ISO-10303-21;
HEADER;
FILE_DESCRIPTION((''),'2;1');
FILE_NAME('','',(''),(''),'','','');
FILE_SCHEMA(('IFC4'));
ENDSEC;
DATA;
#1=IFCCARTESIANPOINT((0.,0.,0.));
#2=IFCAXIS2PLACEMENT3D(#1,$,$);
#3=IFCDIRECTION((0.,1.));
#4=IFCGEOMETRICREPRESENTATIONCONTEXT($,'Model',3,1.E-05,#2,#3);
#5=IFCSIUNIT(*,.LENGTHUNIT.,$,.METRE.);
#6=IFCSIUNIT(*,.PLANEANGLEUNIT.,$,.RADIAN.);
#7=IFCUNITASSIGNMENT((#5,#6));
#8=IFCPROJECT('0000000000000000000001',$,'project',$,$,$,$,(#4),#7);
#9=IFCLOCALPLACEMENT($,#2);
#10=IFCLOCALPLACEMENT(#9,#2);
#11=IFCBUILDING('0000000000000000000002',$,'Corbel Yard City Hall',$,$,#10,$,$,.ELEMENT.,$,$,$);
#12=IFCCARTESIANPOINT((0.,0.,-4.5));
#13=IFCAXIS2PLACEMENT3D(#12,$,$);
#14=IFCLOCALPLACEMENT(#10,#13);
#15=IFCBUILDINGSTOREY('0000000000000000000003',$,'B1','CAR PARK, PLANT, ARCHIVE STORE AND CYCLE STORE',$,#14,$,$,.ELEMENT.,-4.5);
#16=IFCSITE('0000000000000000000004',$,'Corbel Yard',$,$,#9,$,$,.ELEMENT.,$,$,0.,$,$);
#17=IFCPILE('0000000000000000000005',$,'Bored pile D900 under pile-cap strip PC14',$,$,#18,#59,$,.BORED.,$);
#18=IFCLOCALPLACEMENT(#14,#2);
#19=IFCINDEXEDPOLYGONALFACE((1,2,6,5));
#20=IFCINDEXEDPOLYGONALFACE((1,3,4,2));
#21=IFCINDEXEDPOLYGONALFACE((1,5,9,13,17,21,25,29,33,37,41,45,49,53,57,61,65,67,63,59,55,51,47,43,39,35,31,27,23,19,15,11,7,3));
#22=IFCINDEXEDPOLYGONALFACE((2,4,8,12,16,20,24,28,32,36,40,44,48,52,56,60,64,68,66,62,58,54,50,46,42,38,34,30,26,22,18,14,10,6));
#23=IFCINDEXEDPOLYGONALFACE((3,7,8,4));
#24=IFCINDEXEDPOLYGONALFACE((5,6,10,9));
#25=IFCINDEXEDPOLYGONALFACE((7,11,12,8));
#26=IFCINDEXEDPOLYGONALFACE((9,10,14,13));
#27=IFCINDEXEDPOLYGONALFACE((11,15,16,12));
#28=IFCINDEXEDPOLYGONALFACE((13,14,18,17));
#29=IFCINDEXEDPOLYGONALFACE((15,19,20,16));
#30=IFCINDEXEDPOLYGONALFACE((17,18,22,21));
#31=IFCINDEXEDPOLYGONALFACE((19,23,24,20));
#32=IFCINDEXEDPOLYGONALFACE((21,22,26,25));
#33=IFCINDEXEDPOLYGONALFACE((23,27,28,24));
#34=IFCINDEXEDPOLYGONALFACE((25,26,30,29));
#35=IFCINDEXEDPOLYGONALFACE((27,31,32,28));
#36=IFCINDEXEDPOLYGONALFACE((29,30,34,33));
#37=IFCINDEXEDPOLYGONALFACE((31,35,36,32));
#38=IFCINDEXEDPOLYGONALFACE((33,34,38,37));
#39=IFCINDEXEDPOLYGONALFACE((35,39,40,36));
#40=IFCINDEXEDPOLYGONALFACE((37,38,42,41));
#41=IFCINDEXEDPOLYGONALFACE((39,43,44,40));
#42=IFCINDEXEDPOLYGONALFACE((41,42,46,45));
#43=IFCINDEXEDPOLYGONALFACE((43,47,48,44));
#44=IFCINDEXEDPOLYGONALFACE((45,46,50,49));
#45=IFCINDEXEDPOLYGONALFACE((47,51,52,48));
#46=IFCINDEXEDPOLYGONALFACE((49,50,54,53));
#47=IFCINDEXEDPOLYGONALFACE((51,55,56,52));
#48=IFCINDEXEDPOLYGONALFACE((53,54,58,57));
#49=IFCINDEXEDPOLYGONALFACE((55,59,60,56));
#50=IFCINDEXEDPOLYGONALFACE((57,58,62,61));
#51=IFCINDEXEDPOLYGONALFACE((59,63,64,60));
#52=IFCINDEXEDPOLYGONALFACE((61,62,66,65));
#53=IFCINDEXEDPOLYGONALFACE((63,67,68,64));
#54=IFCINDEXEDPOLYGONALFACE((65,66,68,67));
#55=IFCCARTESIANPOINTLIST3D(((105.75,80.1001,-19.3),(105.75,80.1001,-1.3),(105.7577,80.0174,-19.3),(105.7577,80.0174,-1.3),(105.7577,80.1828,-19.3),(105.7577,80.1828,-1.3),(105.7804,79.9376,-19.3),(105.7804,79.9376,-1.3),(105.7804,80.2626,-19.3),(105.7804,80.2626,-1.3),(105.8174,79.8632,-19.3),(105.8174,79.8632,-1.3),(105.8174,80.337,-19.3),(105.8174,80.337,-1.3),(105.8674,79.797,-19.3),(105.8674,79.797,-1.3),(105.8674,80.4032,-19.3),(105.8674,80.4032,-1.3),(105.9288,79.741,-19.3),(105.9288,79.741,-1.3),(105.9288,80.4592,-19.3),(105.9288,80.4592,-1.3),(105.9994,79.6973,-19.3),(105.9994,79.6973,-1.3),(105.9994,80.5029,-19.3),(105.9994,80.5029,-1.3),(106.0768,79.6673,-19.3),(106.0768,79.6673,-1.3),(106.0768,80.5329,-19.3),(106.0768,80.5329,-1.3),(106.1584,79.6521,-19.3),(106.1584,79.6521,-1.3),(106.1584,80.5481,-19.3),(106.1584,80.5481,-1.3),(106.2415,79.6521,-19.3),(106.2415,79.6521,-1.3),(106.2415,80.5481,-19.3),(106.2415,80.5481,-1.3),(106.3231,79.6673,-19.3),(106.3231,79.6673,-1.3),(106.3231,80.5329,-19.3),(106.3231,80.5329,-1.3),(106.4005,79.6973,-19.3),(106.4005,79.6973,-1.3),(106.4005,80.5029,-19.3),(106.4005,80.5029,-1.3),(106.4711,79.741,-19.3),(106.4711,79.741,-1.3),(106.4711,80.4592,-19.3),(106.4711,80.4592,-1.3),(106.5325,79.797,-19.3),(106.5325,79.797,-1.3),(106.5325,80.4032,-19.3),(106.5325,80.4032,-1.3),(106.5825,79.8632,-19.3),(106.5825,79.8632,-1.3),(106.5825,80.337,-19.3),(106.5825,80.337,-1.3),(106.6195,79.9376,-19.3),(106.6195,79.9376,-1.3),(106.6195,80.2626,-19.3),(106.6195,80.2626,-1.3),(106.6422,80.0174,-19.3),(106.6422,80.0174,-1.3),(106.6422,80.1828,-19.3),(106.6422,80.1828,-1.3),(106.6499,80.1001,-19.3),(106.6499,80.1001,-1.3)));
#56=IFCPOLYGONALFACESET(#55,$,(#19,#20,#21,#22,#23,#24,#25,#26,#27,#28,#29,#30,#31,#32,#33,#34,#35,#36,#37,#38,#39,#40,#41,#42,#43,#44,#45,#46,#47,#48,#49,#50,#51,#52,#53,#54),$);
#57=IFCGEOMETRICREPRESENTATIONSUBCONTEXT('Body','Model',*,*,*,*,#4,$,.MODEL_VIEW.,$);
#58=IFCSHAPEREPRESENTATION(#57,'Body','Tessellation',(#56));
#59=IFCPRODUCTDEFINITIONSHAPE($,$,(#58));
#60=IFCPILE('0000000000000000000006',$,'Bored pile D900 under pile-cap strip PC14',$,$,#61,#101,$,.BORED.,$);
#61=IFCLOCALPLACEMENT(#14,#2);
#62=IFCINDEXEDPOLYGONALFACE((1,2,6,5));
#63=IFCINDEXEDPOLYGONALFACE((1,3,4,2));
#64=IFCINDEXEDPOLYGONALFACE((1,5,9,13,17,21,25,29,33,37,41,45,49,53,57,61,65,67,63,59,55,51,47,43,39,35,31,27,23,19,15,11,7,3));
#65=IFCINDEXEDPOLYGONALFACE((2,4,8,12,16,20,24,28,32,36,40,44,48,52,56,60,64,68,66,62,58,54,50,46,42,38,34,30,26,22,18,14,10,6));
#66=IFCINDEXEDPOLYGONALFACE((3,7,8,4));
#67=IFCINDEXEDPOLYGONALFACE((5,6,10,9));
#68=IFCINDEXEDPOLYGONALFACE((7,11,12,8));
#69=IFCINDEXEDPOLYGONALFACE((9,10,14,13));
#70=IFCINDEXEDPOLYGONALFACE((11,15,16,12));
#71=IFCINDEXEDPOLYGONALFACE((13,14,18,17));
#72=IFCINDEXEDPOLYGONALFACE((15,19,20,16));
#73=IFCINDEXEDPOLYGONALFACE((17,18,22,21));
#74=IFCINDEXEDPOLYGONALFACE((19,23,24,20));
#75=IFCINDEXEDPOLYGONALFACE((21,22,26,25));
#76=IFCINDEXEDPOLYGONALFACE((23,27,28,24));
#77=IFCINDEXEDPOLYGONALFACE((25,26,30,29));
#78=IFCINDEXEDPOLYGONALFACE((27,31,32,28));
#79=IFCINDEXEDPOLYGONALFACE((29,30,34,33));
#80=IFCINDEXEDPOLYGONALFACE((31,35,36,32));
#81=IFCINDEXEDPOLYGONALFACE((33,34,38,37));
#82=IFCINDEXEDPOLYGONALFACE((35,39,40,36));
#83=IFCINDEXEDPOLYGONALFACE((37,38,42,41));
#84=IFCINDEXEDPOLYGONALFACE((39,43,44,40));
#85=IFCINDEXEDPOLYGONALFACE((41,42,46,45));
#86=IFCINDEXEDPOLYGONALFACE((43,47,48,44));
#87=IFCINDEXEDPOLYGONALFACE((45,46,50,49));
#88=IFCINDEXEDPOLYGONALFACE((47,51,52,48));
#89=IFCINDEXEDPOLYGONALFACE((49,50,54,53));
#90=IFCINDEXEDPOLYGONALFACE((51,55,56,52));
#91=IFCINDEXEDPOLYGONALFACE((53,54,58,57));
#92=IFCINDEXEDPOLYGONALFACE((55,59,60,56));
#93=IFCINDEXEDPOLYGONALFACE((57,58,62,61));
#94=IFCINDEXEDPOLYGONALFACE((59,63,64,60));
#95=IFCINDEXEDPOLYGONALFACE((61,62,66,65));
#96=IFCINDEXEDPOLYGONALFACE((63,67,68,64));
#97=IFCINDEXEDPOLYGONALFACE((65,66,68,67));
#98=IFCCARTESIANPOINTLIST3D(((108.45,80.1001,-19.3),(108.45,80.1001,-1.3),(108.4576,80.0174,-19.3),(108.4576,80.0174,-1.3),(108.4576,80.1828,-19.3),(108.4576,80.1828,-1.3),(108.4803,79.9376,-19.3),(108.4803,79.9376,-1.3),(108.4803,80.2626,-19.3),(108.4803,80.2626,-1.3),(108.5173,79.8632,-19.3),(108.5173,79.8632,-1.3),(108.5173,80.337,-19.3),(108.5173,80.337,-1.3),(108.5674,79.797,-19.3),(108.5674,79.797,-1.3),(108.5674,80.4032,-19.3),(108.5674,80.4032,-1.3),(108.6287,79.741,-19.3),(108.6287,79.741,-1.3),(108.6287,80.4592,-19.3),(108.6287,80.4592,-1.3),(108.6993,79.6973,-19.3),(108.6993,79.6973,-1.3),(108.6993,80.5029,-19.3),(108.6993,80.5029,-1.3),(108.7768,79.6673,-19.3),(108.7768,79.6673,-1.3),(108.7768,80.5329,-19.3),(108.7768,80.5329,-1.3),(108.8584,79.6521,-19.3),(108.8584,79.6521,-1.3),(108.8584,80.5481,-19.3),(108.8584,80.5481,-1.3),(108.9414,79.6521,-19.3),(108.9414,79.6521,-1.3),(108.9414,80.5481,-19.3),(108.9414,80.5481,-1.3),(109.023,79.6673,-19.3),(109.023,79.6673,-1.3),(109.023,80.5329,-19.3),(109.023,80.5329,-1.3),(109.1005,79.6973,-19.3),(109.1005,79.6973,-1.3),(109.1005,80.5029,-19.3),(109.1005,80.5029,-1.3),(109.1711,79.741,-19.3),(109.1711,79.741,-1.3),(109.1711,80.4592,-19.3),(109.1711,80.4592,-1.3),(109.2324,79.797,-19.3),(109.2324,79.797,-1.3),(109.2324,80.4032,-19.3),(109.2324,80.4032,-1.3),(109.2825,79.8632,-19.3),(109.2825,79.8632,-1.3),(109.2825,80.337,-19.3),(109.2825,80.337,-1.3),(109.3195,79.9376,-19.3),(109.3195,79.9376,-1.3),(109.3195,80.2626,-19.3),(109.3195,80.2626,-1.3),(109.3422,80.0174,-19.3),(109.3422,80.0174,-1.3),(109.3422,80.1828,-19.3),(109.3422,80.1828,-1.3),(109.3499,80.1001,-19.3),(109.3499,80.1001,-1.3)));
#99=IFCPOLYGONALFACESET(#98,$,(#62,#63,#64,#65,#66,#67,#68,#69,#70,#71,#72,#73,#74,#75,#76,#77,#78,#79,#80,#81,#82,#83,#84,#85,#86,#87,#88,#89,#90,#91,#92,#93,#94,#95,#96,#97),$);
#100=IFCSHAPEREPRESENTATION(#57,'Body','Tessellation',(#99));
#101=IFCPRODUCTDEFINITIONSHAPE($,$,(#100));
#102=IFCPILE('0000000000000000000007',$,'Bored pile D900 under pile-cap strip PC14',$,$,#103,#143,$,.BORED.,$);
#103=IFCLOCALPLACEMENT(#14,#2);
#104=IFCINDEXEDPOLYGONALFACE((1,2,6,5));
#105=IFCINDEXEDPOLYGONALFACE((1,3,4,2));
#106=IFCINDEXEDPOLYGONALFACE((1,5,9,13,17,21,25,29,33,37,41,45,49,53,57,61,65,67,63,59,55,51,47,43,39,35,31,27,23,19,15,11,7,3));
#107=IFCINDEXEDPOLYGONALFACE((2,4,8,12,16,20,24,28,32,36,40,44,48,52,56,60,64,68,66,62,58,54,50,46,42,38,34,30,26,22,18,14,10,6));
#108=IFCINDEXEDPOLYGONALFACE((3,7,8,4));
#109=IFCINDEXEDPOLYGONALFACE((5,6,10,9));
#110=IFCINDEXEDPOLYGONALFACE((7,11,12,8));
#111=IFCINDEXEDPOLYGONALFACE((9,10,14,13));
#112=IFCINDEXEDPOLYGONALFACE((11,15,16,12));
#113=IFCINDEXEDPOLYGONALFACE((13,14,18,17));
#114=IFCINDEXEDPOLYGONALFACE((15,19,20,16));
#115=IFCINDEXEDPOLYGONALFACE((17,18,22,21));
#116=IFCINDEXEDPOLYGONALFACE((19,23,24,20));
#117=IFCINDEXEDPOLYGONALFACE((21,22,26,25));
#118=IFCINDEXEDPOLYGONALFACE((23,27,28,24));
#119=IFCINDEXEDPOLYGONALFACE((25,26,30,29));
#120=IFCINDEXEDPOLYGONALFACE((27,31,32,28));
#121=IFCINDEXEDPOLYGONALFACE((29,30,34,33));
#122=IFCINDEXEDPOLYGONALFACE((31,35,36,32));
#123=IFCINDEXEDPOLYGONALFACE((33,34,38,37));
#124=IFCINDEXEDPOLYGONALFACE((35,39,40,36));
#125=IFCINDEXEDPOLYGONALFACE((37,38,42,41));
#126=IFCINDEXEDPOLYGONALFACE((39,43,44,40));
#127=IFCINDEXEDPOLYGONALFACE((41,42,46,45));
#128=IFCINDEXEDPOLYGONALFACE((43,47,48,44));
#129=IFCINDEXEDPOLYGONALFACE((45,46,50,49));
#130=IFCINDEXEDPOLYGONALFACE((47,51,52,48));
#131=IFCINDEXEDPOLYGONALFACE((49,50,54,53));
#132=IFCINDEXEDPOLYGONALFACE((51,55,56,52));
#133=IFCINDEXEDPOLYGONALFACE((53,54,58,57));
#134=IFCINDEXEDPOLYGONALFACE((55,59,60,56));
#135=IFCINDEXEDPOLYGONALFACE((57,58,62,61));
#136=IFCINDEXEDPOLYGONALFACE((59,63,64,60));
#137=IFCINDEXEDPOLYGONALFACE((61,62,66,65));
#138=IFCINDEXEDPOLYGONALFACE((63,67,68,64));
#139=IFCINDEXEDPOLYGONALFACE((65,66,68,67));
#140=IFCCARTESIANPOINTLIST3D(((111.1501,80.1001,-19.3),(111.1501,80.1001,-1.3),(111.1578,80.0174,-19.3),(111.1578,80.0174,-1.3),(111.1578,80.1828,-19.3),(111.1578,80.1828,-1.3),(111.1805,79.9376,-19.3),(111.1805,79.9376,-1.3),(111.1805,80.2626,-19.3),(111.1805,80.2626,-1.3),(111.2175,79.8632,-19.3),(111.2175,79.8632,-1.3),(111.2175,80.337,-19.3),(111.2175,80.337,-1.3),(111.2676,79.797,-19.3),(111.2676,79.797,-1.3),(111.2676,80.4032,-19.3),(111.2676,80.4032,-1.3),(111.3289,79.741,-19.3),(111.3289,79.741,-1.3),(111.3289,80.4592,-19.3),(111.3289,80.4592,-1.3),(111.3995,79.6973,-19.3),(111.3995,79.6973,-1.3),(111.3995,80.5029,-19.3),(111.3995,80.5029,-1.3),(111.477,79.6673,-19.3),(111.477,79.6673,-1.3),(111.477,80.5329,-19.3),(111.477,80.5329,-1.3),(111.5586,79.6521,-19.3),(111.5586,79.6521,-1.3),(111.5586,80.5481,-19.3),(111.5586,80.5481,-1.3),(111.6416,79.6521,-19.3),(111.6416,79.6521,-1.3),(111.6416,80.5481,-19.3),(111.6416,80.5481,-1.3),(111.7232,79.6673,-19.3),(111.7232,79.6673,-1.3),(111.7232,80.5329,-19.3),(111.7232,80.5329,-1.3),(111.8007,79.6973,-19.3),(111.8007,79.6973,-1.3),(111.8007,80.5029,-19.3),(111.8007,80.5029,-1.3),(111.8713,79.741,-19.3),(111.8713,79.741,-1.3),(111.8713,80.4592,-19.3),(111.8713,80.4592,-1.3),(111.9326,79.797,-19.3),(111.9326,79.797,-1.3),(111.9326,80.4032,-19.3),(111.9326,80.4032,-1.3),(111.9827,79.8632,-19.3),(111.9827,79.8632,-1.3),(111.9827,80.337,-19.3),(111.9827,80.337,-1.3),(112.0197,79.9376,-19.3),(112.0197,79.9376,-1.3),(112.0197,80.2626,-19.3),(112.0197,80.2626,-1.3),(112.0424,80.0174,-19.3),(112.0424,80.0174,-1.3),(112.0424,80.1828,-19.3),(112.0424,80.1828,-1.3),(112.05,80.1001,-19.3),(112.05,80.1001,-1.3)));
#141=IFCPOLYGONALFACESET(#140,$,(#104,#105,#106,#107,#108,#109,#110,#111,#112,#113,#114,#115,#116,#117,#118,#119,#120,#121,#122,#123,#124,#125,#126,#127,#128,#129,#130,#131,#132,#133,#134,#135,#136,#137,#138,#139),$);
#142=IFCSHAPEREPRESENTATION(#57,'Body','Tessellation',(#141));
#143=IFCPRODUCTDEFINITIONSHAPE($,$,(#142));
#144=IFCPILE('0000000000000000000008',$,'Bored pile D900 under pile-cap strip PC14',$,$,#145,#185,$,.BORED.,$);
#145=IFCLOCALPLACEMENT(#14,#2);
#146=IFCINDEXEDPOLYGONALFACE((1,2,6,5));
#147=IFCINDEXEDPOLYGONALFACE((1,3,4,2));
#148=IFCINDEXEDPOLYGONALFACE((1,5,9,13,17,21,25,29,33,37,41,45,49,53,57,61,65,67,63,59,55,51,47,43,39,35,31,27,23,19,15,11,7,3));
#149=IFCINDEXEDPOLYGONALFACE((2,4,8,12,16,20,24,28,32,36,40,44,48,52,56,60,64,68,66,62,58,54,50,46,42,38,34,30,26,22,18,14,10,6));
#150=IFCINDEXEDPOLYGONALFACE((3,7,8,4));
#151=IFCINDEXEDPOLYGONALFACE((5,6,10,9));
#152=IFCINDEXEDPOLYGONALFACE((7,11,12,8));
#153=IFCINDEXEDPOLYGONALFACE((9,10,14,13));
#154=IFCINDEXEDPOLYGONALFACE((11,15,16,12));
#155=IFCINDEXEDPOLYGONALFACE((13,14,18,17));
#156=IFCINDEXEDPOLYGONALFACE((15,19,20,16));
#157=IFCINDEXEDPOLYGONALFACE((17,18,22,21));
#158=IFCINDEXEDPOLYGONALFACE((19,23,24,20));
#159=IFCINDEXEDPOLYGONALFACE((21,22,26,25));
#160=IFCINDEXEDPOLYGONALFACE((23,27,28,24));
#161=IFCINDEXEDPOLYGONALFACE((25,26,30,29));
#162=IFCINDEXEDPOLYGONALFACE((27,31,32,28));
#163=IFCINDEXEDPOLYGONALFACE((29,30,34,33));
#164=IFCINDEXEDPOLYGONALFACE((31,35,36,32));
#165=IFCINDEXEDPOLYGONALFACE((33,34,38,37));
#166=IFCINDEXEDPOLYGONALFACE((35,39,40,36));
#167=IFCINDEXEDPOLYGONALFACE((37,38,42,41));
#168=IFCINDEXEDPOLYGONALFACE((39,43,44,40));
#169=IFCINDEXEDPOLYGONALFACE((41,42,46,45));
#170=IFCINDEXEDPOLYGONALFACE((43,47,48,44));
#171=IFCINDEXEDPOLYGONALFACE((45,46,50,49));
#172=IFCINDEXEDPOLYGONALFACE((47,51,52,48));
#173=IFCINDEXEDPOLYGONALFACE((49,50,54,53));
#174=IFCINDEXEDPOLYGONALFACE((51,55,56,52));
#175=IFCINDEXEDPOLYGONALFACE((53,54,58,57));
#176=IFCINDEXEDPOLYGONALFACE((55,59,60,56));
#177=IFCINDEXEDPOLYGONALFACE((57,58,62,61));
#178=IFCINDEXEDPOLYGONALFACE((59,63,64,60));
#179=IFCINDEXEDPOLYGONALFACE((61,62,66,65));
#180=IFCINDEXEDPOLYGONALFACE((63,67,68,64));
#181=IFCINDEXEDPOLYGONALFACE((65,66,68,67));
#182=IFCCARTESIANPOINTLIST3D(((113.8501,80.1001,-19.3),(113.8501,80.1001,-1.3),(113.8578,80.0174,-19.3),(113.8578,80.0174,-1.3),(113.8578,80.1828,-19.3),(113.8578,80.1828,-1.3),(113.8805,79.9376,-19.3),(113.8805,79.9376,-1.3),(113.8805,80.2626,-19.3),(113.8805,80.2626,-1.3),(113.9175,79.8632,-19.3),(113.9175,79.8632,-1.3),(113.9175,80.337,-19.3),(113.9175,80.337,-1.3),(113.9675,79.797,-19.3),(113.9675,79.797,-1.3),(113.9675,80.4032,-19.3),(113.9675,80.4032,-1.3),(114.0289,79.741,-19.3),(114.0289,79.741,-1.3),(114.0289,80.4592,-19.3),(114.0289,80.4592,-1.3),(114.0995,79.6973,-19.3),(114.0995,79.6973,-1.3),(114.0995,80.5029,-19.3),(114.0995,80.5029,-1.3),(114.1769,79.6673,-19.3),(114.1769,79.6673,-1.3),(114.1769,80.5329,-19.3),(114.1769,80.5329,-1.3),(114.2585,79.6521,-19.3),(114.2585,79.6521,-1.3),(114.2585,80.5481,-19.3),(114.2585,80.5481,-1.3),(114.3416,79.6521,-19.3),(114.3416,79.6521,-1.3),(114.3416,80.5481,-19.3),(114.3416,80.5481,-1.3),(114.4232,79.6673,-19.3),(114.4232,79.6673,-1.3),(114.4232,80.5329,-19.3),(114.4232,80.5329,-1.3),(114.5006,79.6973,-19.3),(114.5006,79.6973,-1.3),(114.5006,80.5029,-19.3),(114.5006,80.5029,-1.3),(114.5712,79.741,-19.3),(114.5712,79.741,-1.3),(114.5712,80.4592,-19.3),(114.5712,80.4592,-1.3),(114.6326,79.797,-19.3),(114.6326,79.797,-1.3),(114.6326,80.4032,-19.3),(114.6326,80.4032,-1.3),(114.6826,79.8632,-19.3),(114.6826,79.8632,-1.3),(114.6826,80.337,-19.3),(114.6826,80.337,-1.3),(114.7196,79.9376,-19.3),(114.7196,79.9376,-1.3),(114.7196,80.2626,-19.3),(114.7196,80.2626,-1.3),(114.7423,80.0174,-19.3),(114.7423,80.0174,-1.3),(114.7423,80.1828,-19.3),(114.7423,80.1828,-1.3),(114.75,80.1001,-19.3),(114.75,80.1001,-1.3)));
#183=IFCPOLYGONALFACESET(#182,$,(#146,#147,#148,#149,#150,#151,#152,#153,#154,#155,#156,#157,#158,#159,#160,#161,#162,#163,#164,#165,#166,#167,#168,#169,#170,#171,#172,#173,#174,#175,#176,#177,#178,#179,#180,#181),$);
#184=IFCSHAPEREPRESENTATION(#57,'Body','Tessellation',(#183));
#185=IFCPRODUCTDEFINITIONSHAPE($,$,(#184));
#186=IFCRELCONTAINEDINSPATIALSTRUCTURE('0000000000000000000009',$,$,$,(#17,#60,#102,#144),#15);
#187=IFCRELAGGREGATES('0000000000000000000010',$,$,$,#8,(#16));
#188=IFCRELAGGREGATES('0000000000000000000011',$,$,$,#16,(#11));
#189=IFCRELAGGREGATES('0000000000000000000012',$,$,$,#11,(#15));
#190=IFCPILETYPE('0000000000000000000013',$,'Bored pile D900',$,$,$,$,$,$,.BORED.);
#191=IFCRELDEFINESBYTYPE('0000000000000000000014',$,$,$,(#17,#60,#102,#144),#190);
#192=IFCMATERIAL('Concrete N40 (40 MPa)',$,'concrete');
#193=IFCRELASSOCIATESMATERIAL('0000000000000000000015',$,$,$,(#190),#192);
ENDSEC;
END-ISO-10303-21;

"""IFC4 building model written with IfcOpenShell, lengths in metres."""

from ifc_helpers import new_model, si_unit, direction, frame, origin, origin_2d, place, context, subcontext, project, spatial, circle, extrude, material, material_profile, profile_set, type_object, element, save


model = new_model("IFC4")

# Units and contexts
model_context = context("Model", 3, precision=1e-05, world=origin(), true_north=direction((0.0, 1.0)))
body_context = subcontext(model_context, "Body", "Model", "MODEL_VIEW")
ifc_project = project(units=[si_unit("LENGTHUNIT", "METRE"), si_unit("PLANEANGLEUNIT", "RADIAN")], contexts=[model_context])

# Site, building, storey
site_placement = place(None, origin())
site = spatial("IfcSite", under=ifc_project, at=site_placement, Name="Corbel Yard", CompositionType="ELEMENT", RefElevation=0.0)
building_placement = place(site_placement, origin())
building = spatial("IfcBuilding", under=site, at=building_placement, Name="Corbel Yard City Hall", CompositionType="ELEMENT")
storey_placement = place(building_placement, frame((0.0, 0.0, -4.5)))
storey = spatial("IfcBuildingStorey", under=building, at=storey_placement, Name="B1", Description="CAR PARK, PLANT, ARCHIVE STORE AND CYCLE STORE", CompositionType="ELEMENT", Elevation=-4.5)

# Piles
ifc_material_1 = material(Name="Concrete N40 (40 MPa)", Category="concrete")
ifc_material_profile_1 = material_profile(ifc_material_1, circle(Radius=0.45, at=origin_2d()), Name="D900")
ifc_profile_set_1 = profile_set([ifc_material_profile_1], Name="Concrete N40 (40 MPa)")
pile_type = type_object("IfcPileType", Name="Bored pile D900", PredefinedType="BORED", material=ifc_profile_set_1)
for number, where, z_axis, x_axis, name in (
    (1, (106.2, 80.1001, -1.3), (0.0, 0.0, -1.0), (1.0, 0.0, 0.0), "Bored pile D900 under pile-cap strip PC14"),
    (2, (108.8999, 80.1001, -1.3), (0.0, 0.0, -1.0), (1.0, 0.0, 0.0), "Bored pile D900 under pile-cap strip PC14"),
    (3, (111.6001, 80.1001, -1.3), (0.0, 0.0, -1.0), (1.0, 0.0, 0.0), "Bored pile D900 under pile-cap strip PC14"),
    (4, (114.3, 80.1001, -1.3), (0.0, 0.0, -1.0), (1.0, 0.0, 0.0), "Bored pile D900 under pile-cap strip PC14"),
):
    element("IfcPile", number, at=place(storey_placement, frame(where, z_axis=z_axis, x_axis=x_axis)), inside=storey, type_object=pile_type, Name=name, PredefinedType="BORED", context=body_context, shape_type="SweptSolid", body=[
        extrude(circle(Radius=0.45, at=origin_2d()), origin(), (0.0, 0.0, 1.0), 18.0),
    ])

save(model, "model.ifc")
